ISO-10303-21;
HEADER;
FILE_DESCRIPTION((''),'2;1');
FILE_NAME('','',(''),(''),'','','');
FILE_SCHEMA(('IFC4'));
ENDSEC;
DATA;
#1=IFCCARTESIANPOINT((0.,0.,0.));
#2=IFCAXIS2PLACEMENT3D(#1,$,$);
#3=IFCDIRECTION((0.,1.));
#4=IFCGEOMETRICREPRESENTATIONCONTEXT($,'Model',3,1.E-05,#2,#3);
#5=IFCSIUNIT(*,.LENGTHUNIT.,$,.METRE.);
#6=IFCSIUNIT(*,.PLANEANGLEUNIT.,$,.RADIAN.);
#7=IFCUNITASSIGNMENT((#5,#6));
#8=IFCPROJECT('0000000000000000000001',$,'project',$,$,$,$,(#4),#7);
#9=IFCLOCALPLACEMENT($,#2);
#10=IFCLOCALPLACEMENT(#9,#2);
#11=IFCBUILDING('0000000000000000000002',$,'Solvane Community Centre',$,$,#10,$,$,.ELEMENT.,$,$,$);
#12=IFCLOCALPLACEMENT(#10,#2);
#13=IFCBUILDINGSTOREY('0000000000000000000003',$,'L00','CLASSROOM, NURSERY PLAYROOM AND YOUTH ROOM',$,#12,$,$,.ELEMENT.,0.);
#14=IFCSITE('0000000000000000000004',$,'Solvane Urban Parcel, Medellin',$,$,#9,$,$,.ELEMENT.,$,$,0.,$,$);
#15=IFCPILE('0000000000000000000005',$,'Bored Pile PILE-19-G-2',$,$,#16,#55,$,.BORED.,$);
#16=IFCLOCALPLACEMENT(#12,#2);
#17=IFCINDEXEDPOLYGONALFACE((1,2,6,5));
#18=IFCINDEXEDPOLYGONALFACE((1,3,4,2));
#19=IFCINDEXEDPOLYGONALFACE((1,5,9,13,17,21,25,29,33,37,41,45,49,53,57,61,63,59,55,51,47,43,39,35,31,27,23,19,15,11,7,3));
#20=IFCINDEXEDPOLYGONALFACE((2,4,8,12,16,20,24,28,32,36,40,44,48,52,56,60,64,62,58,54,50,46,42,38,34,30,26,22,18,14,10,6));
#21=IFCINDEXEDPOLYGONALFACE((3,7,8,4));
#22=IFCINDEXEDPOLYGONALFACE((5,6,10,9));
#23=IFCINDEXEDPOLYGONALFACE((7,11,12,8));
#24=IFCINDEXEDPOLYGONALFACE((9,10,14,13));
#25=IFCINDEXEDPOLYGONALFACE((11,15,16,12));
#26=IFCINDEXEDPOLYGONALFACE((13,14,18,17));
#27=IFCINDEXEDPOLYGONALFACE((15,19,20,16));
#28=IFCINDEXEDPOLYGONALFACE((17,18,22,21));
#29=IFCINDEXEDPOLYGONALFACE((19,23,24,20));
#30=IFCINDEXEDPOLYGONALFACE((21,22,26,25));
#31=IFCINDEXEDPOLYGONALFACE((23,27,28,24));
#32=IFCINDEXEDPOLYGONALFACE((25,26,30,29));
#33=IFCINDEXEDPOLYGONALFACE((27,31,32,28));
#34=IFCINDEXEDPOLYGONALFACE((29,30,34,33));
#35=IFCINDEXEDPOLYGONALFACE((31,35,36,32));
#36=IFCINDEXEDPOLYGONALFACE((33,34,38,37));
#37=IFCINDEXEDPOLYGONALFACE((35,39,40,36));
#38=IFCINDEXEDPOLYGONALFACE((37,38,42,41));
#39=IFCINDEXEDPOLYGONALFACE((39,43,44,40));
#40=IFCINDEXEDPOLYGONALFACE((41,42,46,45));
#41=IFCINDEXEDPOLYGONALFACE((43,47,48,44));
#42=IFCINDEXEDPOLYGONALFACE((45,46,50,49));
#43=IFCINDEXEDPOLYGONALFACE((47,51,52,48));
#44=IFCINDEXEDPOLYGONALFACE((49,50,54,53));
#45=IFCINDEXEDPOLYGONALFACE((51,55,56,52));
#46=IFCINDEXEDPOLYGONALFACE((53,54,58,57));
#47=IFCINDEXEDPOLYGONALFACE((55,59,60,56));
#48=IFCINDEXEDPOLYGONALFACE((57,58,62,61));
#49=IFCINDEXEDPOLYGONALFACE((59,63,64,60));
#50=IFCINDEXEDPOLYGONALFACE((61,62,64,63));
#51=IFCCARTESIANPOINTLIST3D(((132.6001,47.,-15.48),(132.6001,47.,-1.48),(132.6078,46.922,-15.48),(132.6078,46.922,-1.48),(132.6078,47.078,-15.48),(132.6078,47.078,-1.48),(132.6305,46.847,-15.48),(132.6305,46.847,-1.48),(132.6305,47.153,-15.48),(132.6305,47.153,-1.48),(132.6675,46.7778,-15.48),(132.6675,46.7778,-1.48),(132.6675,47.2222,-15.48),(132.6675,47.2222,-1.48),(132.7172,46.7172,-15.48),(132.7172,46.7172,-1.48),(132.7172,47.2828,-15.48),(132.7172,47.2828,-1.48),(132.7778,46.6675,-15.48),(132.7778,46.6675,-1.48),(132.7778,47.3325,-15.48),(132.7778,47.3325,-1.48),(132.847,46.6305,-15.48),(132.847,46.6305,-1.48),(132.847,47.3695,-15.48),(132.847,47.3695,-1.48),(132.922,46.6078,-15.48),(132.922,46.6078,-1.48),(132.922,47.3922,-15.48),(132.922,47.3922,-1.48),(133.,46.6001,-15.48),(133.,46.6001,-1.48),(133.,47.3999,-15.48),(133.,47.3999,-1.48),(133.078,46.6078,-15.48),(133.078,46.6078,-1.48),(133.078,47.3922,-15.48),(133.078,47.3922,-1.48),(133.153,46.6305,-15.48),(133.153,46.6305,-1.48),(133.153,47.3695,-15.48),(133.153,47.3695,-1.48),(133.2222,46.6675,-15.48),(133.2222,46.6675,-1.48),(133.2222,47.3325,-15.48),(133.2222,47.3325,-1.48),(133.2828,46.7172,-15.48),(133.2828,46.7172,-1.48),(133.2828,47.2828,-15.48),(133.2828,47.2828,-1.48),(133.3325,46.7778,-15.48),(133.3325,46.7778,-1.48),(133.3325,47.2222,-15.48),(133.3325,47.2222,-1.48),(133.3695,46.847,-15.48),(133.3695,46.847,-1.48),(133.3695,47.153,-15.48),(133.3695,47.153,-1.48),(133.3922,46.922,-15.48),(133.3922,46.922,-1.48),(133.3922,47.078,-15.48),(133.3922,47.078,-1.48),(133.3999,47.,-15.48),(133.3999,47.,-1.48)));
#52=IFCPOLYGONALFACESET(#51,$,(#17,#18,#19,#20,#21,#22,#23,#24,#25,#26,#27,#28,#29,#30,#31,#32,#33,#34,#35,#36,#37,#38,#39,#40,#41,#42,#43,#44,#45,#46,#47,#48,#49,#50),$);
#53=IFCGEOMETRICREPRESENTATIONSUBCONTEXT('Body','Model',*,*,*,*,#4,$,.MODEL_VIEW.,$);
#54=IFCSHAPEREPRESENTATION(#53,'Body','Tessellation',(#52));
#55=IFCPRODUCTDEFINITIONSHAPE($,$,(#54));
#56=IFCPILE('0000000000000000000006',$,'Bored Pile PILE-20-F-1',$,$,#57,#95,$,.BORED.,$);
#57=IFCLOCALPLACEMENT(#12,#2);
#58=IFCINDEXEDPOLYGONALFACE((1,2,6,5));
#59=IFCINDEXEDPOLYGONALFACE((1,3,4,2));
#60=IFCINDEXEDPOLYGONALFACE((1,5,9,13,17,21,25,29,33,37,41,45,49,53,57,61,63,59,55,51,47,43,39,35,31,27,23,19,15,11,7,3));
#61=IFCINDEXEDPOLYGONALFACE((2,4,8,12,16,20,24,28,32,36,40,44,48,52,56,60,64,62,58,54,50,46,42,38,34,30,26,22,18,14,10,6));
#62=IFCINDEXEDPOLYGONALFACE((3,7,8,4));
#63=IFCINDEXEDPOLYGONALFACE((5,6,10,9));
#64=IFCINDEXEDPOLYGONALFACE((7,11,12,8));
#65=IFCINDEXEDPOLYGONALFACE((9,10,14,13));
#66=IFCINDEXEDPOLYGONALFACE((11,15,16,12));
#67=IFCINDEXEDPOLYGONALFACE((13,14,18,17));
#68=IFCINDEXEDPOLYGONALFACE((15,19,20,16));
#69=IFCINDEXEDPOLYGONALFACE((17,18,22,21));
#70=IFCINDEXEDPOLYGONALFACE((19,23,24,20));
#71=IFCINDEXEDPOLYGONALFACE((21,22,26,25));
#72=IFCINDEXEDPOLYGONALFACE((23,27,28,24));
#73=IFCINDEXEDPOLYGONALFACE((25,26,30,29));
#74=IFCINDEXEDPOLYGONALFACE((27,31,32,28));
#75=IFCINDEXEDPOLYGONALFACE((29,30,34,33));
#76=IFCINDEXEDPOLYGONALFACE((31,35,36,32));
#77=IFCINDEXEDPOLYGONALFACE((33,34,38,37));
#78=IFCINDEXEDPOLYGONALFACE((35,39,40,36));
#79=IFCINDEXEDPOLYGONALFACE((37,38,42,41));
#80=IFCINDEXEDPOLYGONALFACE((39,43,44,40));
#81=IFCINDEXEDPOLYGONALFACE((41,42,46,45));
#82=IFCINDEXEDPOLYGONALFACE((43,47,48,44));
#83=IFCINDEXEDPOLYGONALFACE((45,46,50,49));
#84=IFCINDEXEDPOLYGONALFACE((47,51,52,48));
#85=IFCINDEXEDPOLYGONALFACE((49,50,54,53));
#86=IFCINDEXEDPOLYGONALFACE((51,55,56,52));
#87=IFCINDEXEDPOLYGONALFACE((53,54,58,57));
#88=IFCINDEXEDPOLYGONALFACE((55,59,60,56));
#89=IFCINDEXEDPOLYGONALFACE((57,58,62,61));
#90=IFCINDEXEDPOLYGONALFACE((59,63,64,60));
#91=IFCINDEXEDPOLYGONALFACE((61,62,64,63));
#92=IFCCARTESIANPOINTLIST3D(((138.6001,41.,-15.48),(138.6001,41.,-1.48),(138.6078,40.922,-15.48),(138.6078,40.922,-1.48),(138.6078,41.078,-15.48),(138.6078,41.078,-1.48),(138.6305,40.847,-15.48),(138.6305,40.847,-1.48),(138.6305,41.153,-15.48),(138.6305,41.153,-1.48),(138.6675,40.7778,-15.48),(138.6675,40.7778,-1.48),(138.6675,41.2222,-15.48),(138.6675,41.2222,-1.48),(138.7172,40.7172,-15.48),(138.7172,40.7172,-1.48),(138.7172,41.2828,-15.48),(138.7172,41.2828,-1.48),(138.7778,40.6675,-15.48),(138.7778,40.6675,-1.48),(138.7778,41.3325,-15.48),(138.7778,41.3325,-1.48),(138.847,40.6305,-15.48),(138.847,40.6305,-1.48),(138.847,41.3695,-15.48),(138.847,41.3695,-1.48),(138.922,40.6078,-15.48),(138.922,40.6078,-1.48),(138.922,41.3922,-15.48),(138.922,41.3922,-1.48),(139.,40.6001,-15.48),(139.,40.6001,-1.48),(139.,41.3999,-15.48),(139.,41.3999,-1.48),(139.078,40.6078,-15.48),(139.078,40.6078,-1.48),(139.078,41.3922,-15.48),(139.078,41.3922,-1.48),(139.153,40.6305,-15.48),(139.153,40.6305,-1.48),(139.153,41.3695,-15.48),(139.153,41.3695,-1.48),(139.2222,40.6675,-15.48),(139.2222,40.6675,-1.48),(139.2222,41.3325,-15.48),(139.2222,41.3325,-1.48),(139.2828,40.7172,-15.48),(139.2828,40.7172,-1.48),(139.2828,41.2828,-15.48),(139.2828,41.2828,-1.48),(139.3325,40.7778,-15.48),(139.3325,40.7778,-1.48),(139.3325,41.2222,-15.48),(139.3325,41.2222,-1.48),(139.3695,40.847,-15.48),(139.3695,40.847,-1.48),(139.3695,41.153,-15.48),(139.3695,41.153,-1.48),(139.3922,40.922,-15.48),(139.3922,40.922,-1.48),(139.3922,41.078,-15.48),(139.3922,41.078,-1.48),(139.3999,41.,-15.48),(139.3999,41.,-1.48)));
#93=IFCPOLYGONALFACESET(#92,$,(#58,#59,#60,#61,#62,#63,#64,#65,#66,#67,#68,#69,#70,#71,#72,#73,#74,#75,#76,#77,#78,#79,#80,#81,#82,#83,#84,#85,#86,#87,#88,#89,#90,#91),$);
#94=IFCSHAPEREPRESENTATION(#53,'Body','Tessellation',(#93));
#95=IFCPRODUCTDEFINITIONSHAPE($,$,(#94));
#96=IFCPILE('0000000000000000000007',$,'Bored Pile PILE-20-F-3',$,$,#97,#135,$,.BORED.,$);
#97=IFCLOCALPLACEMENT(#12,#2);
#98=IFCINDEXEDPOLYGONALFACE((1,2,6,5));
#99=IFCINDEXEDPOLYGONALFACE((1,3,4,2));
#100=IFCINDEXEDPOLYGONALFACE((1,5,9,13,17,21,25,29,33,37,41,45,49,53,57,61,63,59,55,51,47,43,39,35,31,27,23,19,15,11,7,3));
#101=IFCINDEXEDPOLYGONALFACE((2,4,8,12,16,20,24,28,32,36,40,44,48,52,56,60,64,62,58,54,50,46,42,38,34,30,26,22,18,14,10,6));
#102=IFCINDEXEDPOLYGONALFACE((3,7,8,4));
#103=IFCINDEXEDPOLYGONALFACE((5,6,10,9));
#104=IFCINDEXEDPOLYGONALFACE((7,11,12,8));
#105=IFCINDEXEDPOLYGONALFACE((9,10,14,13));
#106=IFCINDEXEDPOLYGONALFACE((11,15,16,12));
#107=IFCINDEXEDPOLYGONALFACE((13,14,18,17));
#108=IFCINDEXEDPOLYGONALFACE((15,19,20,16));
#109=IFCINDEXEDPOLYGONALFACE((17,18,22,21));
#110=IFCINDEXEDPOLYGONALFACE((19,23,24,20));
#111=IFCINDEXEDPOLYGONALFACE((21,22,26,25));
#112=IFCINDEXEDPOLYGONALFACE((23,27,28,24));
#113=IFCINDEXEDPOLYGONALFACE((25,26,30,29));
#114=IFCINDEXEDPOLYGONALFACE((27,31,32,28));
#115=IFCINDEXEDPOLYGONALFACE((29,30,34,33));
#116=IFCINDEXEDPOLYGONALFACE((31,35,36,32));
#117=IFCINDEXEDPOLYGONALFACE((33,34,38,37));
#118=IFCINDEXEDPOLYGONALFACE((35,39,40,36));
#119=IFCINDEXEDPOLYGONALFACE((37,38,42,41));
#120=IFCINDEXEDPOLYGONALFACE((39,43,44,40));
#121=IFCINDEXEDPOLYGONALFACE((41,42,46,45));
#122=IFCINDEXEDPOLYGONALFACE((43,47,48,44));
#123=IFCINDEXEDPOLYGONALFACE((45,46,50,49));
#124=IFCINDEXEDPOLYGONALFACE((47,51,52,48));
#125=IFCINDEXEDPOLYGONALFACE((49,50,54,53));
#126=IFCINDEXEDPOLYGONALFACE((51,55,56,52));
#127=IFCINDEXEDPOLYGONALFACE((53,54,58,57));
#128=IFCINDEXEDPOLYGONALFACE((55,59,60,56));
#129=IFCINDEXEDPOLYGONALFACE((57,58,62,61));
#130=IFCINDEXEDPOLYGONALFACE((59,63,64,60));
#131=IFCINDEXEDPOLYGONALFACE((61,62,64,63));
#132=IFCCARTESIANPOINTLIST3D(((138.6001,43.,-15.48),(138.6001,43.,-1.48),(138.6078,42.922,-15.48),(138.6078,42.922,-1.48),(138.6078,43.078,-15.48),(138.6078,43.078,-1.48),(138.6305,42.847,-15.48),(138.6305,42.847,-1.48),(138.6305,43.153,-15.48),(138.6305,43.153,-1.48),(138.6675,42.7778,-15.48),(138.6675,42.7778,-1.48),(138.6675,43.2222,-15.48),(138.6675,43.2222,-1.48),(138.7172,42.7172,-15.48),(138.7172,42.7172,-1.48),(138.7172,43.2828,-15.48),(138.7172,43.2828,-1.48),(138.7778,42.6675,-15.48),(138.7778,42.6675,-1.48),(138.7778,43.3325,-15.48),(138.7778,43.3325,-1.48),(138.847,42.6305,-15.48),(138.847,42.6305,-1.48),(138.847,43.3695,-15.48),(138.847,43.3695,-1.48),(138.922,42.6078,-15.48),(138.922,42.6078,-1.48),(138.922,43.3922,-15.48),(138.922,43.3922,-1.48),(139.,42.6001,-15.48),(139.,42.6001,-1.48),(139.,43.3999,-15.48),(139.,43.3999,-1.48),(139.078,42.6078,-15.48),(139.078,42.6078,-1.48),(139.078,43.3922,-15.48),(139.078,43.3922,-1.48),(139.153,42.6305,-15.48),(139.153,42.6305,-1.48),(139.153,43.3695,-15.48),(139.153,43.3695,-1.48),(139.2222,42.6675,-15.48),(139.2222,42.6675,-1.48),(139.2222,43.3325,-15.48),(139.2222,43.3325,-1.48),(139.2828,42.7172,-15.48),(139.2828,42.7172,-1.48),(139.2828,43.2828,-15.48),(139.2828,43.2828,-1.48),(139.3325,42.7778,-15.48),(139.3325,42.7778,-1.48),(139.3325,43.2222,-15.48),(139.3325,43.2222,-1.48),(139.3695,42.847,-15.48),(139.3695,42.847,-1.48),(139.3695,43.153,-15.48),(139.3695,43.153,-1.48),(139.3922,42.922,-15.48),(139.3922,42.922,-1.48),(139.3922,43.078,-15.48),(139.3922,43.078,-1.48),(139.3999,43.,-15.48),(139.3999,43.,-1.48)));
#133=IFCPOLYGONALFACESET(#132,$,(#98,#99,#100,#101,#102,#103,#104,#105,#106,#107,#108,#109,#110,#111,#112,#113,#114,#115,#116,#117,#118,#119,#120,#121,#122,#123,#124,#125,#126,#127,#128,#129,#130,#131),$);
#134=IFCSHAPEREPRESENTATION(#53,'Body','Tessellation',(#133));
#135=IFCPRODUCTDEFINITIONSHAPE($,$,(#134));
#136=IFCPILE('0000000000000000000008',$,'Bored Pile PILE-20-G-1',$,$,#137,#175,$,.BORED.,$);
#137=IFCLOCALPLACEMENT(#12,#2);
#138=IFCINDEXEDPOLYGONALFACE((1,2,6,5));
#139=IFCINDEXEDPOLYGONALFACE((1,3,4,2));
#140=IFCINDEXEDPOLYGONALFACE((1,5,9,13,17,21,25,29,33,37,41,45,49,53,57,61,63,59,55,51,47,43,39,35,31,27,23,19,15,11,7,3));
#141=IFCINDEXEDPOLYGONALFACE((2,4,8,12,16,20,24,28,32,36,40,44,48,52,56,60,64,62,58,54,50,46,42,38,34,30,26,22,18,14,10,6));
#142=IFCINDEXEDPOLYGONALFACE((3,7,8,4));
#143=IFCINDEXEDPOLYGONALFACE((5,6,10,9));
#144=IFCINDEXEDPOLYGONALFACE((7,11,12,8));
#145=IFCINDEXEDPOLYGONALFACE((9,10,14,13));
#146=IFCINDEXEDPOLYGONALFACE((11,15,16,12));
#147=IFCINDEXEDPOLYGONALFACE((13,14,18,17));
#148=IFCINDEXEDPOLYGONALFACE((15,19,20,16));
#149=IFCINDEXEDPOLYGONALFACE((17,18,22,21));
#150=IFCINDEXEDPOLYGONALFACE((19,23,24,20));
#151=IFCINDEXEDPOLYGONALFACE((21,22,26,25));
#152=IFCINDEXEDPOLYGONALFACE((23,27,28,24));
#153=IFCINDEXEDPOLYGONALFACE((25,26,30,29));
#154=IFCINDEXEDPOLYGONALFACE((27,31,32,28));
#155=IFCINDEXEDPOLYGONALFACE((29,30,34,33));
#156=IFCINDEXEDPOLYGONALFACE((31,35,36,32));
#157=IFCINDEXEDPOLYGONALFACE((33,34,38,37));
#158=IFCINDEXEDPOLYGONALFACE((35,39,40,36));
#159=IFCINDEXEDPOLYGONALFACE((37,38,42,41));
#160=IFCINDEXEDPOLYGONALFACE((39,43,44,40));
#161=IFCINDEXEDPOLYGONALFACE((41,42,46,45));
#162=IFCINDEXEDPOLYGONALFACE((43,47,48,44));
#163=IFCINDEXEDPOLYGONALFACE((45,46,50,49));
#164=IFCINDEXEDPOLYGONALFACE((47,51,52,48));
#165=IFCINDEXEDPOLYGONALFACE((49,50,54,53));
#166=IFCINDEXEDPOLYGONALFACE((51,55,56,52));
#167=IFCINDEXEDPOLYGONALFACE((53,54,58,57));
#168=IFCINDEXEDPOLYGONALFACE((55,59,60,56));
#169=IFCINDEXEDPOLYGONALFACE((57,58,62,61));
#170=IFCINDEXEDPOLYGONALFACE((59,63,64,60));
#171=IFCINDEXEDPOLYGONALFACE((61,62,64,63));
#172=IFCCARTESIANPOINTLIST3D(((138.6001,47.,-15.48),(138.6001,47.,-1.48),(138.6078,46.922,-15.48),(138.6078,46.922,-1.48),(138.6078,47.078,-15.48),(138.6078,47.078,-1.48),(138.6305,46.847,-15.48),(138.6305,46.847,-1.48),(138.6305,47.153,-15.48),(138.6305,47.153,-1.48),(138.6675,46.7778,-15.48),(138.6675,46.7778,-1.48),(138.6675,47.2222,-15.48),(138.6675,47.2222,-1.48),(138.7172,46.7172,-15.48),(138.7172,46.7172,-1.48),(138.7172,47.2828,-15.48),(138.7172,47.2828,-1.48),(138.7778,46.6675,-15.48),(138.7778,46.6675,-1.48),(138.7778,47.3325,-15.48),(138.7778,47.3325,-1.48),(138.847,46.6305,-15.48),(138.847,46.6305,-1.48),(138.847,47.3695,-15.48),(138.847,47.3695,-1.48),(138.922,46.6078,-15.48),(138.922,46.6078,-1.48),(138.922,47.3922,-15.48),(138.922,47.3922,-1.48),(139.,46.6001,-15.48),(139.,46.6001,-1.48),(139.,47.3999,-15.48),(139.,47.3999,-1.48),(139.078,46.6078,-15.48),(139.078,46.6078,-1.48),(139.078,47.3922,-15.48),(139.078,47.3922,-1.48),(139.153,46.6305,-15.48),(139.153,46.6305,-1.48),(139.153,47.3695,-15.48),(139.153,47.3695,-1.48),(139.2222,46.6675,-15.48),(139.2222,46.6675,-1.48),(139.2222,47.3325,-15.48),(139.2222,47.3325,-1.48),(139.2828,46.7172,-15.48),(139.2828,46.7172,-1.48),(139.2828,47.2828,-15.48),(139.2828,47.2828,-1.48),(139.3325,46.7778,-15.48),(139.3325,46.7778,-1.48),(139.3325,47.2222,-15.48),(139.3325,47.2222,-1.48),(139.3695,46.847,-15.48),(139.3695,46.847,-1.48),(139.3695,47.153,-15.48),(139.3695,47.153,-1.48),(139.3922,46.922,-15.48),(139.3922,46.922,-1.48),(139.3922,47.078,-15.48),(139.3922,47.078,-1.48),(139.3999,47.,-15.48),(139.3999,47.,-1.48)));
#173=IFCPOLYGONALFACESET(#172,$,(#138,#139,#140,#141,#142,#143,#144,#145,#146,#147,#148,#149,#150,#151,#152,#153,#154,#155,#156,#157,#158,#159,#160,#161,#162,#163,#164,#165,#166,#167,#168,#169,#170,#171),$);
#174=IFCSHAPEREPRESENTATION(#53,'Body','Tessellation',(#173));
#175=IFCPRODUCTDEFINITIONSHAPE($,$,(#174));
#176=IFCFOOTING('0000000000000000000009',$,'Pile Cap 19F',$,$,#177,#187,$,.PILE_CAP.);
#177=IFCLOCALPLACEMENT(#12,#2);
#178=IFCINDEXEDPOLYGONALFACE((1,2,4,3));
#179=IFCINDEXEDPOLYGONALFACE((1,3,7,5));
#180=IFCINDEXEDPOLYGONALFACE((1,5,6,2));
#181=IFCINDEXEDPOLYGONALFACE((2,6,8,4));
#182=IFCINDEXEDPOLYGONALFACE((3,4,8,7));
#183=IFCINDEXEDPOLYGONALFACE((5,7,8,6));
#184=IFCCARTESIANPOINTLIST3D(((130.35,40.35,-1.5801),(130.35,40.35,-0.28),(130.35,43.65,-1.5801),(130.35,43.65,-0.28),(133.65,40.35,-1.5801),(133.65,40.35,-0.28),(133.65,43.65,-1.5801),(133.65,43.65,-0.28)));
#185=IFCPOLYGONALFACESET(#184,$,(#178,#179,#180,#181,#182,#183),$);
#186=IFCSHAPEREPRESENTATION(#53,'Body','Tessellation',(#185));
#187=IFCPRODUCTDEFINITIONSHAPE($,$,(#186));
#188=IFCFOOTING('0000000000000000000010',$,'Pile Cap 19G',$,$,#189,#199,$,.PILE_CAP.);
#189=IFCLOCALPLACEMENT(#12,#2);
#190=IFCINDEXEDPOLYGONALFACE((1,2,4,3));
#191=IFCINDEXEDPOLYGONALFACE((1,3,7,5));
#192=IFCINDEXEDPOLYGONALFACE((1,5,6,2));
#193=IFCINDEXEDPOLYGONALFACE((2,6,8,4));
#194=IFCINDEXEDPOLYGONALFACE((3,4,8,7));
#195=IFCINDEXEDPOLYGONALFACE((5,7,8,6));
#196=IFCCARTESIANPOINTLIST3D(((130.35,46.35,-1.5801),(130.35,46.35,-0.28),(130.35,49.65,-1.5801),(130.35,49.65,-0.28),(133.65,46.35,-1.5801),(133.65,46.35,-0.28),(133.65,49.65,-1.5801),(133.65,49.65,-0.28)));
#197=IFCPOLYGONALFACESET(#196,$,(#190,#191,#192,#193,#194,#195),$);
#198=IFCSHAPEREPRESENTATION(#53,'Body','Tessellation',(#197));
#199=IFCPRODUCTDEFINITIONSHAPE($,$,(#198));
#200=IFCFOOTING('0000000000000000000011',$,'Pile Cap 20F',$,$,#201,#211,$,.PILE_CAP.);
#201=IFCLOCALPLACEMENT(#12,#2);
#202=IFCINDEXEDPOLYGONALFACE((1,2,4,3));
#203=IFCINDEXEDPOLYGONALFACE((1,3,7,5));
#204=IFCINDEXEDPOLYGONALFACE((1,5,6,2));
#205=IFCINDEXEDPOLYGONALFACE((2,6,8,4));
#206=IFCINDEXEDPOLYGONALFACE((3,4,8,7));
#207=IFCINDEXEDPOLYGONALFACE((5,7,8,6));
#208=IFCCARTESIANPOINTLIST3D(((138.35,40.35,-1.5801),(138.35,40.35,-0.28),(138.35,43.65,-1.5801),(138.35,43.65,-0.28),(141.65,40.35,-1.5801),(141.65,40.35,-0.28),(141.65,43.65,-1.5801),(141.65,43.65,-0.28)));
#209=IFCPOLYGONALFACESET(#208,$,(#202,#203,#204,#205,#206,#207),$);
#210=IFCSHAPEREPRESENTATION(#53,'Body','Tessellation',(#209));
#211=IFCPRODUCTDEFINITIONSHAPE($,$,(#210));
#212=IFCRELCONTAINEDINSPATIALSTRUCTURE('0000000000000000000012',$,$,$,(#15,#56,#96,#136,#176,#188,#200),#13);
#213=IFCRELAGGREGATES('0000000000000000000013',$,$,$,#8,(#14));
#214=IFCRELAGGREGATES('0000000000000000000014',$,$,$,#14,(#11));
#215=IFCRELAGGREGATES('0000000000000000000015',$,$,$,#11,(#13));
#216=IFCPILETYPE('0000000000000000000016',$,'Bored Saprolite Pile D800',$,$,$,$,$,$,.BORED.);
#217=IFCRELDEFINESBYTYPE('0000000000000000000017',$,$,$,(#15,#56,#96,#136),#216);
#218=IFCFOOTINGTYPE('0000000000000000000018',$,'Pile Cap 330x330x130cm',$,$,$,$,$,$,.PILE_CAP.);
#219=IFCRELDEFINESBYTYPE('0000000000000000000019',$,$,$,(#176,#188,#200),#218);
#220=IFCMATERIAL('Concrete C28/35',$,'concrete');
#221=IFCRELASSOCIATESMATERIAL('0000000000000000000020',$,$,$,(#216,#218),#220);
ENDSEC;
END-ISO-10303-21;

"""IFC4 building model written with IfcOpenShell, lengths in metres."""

from ifc_helpers import new_model, si_unit, direction, frame, origin, origin_2d, place, context, subcontext, project, spatial, rectangle, circle, extrude, material, material_profile, profile_set, type_object, element, save


model = new_model("IFC4")

# Units and contexts
model_context = context("Model", 3, precision=1e-05, world=origin(), true_north=direction((0.0, 1.0)))
body_context = subcontext(model_context, "Body", "Model", "MODEL_VIEW")
ifc_project = project(units=[si_unit("LENGTHUNIT", "METRE"), si_unit("PLANEANGLEUNIT", "RADIAN")], contexts=[model_context])

# Site, building, storey
site_placement = place(None, origin())
site = spatial("IfcSite", under=ifc_project, at=site_placement, Name="Solvane Urban Parcel, Medellin", CompositionType="ELEMENT", RefElevation=0.0)
building_placement = place(site_placement, origin())
building = spatial("IfcBuilding", under=site, at=building_placement, Name="Solvane Community Centre", CompositionType="ELEMENT")
storey_placement = place(building_placement, origin())
storey = spatial("IfcBuildingStorey", under=building, at=storey_placement, Name="L00", Description="CLASSROOM, NURSERY PLAYROOM AND YOUTH ROOM", CompositionType="ELEMENT", Elevation=0.0)

# Piles
ifc_material_1 = material(Name="Concrete C28/35", Category="concrete")
ifc_material_profile_1 = material_profile(ifc_material_1, circle(Radius=0.3999, at=origin_2d()), Name="PILE D800")
ifc_profile_set_1 = profile_set([ifc_material_profile_1], Name="Concrete C28/35")
pile_type = type_object("IfcPileType", Name="Bored Saprolite Pile D800", PredefinedType="BORED", material=ifc_profile_set_1)
for number, where, z_axis, x_axis, name in (
    (1, (133.0, 47.0, -1.48), (0.0, 0.0, -1.0), (1.0, 0.0, 0.0), "Bored Pile PILE-19-G-2"),
    (2, (139.0, 41.0, -1.48), (0.0, 0.0, -1.0), (1.0, 0.0, 0.0), "Bored Pile PILE-20-F-1"),
    (3, (139.0, 43.0, -1.48), (0.0, 0.0, -1.0), (1.0, 0.0, 0.0), "Bored Pile PILE-20-F-3"),
    (4, (139.0, 47.0, -1.48), (0.0, 0.0, -1.0), (1.0, 0.0, 0.0), "Bored Pile PILE-20-G-1"),
):
    element("IfcPile", number, at=place(storey_placement, frame(where, z_axis=z_axis, x_axis=x_axis)), inside=storey, type_object=pile_type, Name=name, PredefinedType="BORED", context=body_context, shape_type="SweptSolid", body=[
        extrude(circle(Radius=0.3999, at=origin_2d()), origin(), (0.0, 0.0, 1.0), 14.0),
    ])

# Footings
footing_type_1 = type_object("IfcFootingType", Name="Pile Cap 330x330x130cm", PredefinedType="PILE_CAP", material=ifc_material_1)
for number, where, z_axis, x_axis, name in (
    (5, (132.0, 42.0, -1.5801), (0.0, 0.0, 1.0), (1.0, 0.0, 0.0), "Pile Cap 19F"),
    (6, (132.0, 48.0, -1.5801), (0.0, 0.0, 1.0), (1.0, 0.0, 0.0), "Pile Cap 19G"),
    (7, (140.0, 42.0, -1.5801), (0.0, 0.0, 1.0), (1.0, 0.0, 0.0), "Pile Cap 20F"),
):
    element("IfcFooting", number, at=place(storey_placement, frame(where, z_axis=z_axis, x_axis=x_axis)), inside=storey, type_object=footing_type_1, Name=name, PredefinedType="PILE_CAP", context=body_context, shape_type="SweptSolid", body=[
        extrude(rectangle(XDim=3.3, YDim=3.3, at=origin_2d()), origin(), (0.0, 0.0, 1.0), 1.3),
    ])

save(model, "model.ifc")
